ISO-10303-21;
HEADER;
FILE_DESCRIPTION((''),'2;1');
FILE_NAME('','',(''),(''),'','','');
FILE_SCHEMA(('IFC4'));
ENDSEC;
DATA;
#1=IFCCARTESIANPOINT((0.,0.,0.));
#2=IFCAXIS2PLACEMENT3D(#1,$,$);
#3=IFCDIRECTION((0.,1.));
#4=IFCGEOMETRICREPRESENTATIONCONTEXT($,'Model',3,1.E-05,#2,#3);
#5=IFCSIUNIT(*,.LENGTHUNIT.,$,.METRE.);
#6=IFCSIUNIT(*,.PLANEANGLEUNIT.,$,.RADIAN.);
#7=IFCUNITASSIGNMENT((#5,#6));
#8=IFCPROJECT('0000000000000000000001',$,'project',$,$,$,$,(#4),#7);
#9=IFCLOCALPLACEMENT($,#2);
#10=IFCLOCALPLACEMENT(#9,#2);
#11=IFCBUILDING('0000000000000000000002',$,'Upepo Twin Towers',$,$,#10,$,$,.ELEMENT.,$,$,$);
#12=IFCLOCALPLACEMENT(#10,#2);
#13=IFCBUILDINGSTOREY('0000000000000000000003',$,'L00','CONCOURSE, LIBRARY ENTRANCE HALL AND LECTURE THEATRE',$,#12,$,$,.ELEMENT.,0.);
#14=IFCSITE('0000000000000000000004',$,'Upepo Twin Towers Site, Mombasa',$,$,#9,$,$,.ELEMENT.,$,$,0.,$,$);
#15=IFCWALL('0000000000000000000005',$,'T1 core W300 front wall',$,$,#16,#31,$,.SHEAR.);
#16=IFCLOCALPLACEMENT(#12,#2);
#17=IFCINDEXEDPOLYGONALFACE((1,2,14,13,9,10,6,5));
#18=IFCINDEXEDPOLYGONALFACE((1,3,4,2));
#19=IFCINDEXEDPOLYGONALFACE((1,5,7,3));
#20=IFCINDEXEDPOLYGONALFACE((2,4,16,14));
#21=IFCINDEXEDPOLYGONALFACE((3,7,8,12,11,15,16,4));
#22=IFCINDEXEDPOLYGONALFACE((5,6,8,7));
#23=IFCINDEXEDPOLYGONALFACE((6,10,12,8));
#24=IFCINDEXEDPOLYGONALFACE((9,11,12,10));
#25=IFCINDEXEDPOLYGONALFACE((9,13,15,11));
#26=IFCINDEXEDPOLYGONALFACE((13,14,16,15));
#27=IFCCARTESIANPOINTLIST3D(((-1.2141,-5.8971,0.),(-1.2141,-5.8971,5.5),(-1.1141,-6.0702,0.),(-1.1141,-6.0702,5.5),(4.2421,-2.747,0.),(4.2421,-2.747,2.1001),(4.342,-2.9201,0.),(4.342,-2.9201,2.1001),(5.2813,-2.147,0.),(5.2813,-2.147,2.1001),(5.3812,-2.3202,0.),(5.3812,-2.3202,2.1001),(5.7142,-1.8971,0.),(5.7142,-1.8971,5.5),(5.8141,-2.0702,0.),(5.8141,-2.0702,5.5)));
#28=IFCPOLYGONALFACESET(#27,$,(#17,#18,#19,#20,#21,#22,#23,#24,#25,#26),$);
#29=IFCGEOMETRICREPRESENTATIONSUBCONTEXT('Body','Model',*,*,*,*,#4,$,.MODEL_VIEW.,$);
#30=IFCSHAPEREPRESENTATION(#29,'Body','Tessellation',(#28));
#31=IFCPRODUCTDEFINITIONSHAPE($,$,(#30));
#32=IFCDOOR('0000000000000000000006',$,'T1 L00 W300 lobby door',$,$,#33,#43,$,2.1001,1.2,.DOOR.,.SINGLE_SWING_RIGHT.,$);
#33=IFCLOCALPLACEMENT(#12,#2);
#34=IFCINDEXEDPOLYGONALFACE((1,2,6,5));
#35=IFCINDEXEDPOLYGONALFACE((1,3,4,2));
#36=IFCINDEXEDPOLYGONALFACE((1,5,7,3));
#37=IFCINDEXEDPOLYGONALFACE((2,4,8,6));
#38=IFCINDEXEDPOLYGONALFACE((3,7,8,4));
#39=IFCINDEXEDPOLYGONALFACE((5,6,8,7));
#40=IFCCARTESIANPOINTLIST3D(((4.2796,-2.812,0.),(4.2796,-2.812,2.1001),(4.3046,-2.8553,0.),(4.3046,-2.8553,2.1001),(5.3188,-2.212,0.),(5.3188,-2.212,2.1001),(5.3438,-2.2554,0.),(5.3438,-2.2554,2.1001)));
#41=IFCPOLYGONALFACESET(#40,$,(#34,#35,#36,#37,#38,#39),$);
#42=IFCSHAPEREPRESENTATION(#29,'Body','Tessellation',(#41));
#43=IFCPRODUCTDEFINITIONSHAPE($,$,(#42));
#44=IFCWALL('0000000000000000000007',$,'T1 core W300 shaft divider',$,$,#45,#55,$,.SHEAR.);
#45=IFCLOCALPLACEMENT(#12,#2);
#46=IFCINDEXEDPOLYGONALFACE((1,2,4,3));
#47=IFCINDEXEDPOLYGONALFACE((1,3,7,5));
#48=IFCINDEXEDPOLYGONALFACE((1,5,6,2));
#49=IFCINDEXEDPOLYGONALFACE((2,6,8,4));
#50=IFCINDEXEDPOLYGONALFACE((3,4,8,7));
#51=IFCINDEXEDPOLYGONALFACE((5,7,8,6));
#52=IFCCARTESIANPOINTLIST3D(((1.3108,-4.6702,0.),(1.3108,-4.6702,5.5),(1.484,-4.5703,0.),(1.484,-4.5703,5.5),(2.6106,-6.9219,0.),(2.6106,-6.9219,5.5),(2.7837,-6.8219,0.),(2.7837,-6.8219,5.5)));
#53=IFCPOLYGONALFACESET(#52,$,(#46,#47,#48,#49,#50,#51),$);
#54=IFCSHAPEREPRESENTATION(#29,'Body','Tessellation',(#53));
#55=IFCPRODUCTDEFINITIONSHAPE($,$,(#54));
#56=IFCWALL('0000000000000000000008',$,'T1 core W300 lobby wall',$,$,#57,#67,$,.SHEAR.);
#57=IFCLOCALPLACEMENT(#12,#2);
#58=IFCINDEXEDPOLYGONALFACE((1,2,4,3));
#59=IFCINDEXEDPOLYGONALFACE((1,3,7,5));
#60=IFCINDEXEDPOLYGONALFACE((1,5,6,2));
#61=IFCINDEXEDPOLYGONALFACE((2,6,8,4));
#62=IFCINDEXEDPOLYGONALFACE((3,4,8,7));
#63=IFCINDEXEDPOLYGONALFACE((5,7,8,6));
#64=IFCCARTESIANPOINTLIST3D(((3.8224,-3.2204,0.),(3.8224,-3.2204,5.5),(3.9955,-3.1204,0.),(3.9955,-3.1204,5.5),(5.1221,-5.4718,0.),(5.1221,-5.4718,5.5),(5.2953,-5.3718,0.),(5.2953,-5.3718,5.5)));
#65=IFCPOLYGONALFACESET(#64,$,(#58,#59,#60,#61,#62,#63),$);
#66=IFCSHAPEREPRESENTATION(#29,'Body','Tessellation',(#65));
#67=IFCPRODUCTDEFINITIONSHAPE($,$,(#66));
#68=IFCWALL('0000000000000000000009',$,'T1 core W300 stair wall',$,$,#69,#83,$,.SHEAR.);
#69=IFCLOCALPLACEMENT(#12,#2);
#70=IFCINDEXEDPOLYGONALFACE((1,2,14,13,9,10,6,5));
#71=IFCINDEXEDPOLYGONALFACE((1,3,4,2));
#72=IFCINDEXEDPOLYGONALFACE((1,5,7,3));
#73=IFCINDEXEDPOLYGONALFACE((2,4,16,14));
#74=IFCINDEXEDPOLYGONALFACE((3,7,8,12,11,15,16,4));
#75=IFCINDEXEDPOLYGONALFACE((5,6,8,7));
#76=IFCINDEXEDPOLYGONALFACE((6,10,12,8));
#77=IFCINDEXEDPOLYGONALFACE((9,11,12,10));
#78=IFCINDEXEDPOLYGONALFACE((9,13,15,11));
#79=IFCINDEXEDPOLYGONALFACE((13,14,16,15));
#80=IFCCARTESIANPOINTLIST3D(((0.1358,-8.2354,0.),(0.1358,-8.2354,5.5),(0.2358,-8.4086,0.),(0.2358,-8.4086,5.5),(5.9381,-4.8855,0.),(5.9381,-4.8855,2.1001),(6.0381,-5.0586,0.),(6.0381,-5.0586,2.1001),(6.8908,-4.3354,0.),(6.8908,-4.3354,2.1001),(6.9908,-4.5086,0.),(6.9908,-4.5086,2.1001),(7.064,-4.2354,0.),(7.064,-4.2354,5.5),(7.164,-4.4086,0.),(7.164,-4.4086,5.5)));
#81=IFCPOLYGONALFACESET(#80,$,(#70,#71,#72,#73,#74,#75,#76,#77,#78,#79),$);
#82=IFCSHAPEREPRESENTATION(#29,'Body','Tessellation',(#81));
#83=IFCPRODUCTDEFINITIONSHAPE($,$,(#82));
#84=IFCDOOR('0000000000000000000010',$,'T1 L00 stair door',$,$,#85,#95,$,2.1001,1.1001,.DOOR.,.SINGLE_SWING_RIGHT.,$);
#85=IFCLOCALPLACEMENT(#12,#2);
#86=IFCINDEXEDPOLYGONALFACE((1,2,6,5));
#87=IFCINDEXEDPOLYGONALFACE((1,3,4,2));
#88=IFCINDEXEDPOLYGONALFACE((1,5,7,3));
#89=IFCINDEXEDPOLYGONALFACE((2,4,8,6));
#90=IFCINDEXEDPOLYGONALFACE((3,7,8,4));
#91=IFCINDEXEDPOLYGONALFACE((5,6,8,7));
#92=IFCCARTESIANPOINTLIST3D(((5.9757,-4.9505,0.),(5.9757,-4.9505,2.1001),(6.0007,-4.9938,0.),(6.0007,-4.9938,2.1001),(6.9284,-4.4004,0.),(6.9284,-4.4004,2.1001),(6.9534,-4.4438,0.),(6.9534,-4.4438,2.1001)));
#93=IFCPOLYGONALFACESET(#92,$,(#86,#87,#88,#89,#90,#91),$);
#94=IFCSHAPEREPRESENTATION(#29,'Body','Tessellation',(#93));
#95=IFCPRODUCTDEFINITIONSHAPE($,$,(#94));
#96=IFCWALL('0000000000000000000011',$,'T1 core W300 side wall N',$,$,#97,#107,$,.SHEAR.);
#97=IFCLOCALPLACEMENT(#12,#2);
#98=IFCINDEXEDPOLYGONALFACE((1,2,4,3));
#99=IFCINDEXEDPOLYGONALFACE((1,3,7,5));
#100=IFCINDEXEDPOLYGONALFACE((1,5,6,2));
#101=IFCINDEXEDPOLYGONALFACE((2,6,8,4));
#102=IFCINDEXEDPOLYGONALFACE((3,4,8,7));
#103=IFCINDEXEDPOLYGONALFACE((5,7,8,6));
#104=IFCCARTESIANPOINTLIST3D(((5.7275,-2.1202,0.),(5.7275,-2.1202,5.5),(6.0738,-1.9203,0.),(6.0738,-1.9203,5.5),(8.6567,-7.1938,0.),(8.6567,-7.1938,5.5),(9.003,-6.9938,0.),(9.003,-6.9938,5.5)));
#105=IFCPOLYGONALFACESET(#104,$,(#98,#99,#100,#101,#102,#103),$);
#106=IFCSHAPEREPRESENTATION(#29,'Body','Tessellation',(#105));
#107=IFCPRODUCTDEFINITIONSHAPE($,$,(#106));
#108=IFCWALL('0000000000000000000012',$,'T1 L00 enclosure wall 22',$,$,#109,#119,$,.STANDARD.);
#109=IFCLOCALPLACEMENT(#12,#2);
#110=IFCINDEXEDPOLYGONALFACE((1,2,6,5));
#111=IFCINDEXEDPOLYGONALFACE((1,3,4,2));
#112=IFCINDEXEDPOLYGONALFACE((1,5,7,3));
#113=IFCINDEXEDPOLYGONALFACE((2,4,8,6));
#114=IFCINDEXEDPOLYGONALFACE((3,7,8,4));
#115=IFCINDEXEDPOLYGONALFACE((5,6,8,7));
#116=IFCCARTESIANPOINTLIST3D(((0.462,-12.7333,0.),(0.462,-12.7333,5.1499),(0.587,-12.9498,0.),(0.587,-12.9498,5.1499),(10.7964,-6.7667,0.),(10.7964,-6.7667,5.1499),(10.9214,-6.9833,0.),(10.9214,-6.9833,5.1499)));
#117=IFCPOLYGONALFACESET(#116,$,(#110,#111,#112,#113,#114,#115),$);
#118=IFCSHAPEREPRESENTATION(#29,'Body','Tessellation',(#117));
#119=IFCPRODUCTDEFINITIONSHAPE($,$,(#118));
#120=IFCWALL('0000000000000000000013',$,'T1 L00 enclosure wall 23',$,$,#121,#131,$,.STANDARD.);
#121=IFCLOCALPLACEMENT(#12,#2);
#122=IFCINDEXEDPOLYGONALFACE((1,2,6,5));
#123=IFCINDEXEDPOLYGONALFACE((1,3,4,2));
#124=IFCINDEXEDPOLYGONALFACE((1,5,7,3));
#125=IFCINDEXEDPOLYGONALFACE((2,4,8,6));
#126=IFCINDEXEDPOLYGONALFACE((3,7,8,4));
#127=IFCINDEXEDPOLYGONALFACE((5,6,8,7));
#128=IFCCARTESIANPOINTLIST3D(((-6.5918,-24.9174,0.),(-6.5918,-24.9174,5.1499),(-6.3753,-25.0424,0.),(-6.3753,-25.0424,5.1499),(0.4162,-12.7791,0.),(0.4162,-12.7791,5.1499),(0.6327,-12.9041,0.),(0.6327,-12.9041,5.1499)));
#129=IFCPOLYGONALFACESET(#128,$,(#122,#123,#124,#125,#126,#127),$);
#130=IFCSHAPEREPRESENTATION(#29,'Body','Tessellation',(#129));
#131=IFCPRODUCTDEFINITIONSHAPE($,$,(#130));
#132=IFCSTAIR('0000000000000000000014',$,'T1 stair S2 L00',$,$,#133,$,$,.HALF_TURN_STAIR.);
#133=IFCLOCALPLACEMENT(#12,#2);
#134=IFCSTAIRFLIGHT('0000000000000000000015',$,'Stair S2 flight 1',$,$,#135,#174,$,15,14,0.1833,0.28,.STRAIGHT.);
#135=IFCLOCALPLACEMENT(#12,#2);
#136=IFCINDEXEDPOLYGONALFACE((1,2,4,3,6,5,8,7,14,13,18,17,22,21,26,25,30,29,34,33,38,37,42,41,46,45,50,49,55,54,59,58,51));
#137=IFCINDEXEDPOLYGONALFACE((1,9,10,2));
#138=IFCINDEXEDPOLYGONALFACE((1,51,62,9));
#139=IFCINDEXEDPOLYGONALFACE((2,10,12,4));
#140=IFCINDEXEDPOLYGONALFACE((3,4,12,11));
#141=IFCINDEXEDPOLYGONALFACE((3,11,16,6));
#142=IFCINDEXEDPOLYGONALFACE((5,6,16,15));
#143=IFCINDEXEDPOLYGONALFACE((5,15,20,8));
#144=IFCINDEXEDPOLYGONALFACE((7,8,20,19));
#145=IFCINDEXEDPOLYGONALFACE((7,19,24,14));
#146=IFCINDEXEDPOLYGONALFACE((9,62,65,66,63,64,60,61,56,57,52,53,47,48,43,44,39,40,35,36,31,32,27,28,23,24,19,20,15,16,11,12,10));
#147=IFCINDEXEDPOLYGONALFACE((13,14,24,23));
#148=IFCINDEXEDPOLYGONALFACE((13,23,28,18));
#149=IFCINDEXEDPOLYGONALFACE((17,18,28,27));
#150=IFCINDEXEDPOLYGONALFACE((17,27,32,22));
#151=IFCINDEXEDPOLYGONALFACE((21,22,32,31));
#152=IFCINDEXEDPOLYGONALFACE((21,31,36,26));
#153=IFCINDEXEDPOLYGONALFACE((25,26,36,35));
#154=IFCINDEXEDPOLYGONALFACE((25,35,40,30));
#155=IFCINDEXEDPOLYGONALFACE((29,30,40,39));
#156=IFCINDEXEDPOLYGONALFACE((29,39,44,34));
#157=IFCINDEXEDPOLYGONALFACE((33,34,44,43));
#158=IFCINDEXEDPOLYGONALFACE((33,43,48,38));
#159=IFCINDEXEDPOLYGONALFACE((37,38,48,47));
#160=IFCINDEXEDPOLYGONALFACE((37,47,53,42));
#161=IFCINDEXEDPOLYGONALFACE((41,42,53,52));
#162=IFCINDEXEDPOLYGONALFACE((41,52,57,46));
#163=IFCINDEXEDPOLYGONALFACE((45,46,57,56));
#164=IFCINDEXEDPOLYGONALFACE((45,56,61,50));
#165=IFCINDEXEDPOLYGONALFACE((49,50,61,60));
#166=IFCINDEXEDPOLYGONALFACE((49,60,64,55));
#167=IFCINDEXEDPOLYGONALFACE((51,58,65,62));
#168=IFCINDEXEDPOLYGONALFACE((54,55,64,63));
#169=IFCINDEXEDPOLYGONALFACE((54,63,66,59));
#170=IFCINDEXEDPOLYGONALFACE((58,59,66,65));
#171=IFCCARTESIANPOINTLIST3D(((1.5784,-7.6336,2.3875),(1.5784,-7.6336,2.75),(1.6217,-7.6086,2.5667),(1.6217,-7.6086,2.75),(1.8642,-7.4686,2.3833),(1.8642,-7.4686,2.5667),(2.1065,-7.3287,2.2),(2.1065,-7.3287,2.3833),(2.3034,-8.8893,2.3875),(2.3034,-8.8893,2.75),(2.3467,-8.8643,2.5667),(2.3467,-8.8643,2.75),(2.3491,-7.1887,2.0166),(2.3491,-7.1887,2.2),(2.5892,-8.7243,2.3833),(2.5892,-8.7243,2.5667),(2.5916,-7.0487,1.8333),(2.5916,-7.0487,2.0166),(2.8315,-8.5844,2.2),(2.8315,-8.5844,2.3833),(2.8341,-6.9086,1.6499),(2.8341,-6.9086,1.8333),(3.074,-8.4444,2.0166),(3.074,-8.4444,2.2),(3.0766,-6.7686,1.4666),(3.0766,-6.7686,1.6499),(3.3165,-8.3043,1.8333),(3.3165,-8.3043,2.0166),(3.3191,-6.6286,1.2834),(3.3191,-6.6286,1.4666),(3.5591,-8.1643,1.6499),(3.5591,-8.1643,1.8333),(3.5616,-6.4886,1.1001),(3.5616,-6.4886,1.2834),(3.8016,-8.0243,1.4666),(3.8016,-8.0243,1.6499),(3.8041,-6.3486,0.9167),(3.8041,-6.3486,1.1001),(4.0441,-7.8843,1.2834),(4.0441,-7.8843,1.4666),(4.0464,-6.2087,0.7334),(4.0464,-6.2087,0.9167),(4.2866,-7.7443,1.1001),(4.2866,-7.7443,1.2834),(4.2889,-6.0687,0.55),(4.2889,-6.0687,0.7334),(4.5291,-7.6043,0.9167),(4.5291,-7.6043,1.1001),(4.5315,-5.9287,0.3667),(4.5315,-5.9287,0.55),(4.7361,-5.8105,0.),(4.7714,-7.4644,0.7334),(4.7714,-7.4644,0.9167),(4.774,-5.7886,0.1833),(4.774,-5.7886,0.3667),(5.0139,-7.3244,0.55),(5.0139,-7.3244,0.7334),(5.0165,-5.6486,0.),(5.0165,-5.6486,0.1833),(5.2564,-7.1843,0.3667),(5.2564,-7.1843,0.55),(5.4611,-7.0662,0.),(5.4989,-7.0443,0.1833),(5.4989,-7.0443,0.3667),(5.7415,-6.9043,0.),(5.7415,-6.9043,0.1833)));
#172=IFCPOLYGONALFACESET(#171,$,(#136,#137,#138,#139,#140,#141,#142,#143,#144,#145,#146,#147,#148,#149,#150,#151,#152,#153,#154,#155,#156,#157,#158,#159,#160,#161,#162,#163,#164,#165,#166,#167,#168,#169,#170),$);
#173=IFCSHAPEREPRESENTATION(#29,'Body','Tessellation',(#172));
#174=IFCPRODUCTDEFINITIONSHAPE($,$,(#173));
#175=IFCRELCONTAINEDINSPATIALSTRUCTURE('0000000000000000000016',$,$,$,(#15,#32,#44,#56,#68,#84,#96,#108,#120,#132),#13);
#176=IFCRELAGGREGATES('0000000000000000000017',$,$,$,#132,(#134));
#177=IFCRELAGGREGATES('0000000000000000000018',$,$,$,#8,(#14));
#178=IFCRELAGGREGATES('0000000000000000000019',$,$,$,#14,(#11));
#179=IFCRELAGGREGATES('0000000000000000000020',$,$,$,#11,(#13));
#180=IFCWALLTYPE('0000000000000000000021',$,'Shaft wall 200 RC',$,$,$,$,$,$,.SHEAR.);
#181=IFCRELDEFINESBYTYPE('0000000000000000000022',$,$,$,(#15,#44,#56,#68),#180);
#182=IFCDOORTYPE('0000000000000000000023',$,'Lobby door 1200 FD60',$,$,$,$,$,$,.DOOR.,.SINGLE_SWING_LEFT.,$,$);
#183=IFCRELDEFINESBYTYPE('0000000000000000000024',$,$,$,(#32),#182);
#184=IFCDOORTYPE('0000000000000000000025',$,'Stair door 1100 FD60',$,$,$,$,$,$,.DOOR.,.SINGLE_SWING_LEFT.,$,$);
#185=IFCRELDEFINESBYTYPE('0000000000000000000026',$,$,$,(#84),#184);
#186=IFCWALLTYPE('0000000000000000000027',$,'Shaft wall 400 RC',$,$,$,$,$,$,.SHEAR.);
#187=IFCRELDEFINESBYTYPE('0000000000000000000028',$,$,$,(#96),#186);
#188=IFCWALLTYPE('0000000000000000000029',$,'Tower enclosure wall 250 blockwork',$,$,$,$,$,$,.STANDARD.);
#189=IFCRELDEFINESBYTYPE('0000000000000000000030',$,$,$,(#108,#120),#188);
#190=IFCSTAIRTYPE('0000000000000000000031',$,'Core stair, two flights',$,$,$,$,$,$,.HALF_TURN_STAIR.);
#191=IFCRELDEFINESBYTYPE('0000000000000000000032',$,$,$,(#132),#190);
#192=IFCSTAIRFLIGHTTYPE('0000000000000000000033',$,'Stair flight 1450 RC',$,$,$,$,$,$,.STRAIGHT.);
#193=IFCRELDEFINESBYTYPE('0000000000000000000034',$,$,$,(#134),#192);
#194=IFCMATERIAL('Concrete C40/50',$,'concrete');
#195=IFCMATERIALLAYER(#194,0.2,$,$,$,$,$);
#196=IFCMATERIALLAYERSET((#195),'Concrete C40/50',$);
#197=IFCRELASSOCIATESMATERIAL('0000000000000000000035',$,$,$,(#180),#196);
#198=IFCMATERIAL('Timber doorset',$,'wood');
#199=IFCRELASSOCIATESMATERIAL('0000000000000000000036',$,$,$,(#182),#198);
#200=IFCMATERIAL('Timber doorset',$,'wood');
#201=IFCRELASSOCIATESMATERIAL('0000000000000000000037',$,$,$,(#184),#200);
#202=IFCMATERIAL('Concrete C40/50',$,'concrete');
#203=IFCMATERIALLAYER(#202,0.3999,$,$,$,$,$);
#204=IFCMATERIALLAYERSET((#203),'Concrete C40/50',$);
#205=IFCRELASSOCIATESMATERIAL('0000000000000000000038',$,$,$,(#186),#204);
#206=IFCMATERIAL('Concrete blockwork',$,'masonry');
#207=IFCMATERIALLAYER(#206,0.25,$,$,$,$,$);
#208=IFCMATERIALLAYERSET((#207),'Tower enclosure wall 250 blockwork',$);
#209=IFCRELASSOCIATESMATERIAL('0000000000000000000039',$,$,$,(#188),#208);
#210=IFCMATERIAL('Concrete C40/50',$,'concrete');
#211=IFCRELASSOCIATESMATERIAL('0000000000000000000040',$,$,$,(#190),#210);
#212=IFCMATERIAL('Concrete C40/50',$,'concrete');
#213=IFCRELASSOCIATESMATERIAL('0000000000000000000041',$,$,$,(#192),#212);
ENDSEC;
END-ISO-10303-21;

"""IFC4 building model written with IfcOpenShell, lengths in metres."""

from ifc_helpers import new_model, si_unit, direction, frame, frame_2d, origin, place, context, subcontext, project, spatial, polyline, rectangle, outline, extrude, material, layer, layer_set, type_object, element, fill, aggregate, save


model = new_model("IFC4")

# Units and contexts
model_context = context("Model", 3, precision=1e-05, world=origin(), true_north=direction((0.0, 1.0)))
body_context = subcontext(model_context, "Body", "Model", "MODEL_VIEW")
ifc_project = project(units=[si_unit("LENGTHUNIT", "METRE"), si_unit("PLANEANGLEUNIT", "RADIAN")], contexts=[model_context])

# Site, building, storey
site_placement = place(None, origin())
site = spatial("IfcSite", under=ifc_project, at=site_placement, Name="Upepo Twin Towers Site, Mombasa", CompositionType="ELEMENT", RefElevation=0.0)
building_placement = place(site_placement, origin())
building = spatial("IfcBuilding", under=site, at=building_placement, Name="Upepo Twin Towers", CompositionType="ELEMENT")
storey_placement = place(building_placement, origin())
storey = spatial("IfcBuildingStorey", under=building, at=storey_placement, Name="L00", Description="CONCOURSE, LIBRARY ENTRANCE HALL AND LECTURE THEATRE", CompositionType="ELEMENT", Elevation=0.0)

# Wall, opening, door
ifc_material_1 = material(Name="Concrete C40/50", Category="concrete")
ifc_layer_1 = layer(ifc_material_1, 0.2)
ifc_layer_set_1 = layer_set([ifc_layer_1], Name="Concrete C40/50")
wall_type_1 = type_object("IfcWallType", Name="Shaft wall 200 RC", PredefinedType="SHEAR", material=ifc_layer_set_1)
wall_1_placement = place(storey_placement, frame((-1.1641, -5.9836, 0.0), z_axis=(0.0, 0.0, 1.0), x_axis=(0.866026, 0.499999, 0.0)))
wall_1 = element("IfcWall", 1, at=wall_1_placement, inside=storey, type_object=wall_type_1, Name="T1 core W300 front wall", PredefinedType="SHEAR", context=body_context, shape_type="SweptSolid", body=[
    extrude(rectangle(XDim=8.0, YDim=0.2, at=frame_2d((4.0, 0.0))), origin(), (0.0, 0.0, 1.0), 5.5),
])
opening_1_placement = place(wall_1_placement, frame((6.3, 0.0, 0.0)))
opening_1 = element("IfcOpeningElement", 2, at=opening_1_placement, cuts=wall_1, PredefinedType="OPENING", context=body_context, shape_type="SweptSolid", body=[
    extrude(rectangle(XDim=1.2, YDim=2.1001, at=frame_2d((0.6001, 1.05))), frame((0.0, 0.1099, 0.0), z_axis=(0.0, -1.0, 0.0), x_axis=(1.0, 0.0, 0.0)), (0.0, 0.0, 1.0), 0.22),
])
ifc_material_2 = material(Name="Timber doorset", Category="wood")
door_type_1 = type_object("IfcDoorType", Name="Lobby door 1200 FD60", OperationType="SINGLE_SWING_LEFT", PredefinedType="DOOR", material=ifc_material_2)
door_1_placement = place(opening_1_placement, origin())
door_1 = element("IfcDoor", 3, at=door_1_placement, inside=storey, type_object=door_type_1, Name="T1 L00 W300 lobby door", OperationType="SINGLE_SWING_RIGHT", OverallHeight=2.1001, OverallWidth=1.2, PredefinedType="DOOR", context=body_context, shape_type="SweptSolid", body=[
    extrude(rectangle(XDim=1.2, YDim=2.1001, at=frame_2d((0.6001, 1.05))), frame((0.0, 0.0249, 0.0), z_axis=(0.0, -1.0, 0.0), x_axis=(1.0, 0.0, 0.0)), (0.0, 0.0, 1.0), 0.05),
])
fill(opening_1, door_1)

# Walls
wall_2_placement = place(storey_placement, frame((1.3975, -4.6204, 0.0), z_axis=(0.0, 0.0, 1.0), x_axis=(0.499937, -0.866062, 0.0)))
element("IfcWall", 4, at=wall_2_placement, inside=storey, type_object=wall_type_1, Name="T1 core W300 shaft divider", PredefinedType="SHEAR", context=body_context, shape_type="SweptSolid", body=[
    extrude(rectangle(XDim=2.5999, YDim=0.2, at=frame_2d((1.2998, 0.0))), origin(), (0.0, 0.0, 1.0), 5.5),
])
wall_3_placement = place(storey_placement, frame((3.9089, -3.1704, 0.0), z_axis=(0.0, 0.0, 1.0), x_axis=(0.499977, -0.866039, 0.0)))
element("IfcWall", 5, at=wall_3_placement, inside=storey, type_object=wall_type_1, Name="T1 core W300 lobby wall", PredefinedType="SHEAR", context=body_context, shape_type="SweptSolid", body=[
    extrude(rectangle(XDim=2.5996, YDim=0.2, at=frame_2d((1.2998, 0.0))), origin(), (0.0, 0.0, 1.0), 5.5),
])

# Wall, opening, door
wall_4_placement = place(storey_placement, frame((0.1858, -8.322, 0.0), z_axis=(0.0, 0.0, 1.0), x_axis=(0.866026, 0.499999, 0.0)))
wall_4 = element("IfcWall", 6, at=wall_4_placement, inside=storey, type_object=wall_type_1, Name="T1 core W300 stair wall", PredefinedType="SHEAR", context=body_context, shape_type="SweptSolid", body=[
    extrude(rectangle(XDim=8.0, YDim=0.2, at=frame_2d((4.0, 0.0))), origin(), (0.0, 0.0, 1.0), 5.5),
])
opening_2_placement = place(wall_4_placement, frame((6.7, 0.0, 0.0)))
opening_2 = element("IfcOpeningElement", 7, at=opening_2_placement, cuts=wall_4, PredefinedType="OPENING", context=body_context, shape_type="SweptSolid", body=[
    extrude(rectangle(XDim=1.1001, YDim=2.1001, at=frame_2d((0.55, 1.05))), frame((0.0, 0.1099, 0.0), z_axis=(0.0, -1.0, 0.0), x_axis=(1.0, 0.0, 0.0)), (0.0, 0.0, 1.0), 0.22),
])
ifc_material_3 = material(Name="Timber doorset", Category="wood")
door_type_2 = type_object("IfcDoorType", Name="Stair door 1100 FD60", OperationType="SINGLE_SWING_LEFT", PredefinedType="DOOR", material=ifc_material_3)
door_2_placement = place(opening_2_placement, origin())
door_2 = element("IfcDoor", 8, at=door_2_placement, inside=storey, type_object=door_type_2, Name="T1 L00 stair door", OperationType="SINGLE_SWING_RIGHT", OverallHeight=2.1001, OverallWidth=1.1001, PredefinedType="DOOR", context=body_context, shape_type="SweptSolid", body=[
    extrude(rectangle(XDim=1.1001, YDim=2.1001, at=frame_2d((0.55, 1.05))), frame((0.0, 0.0249, 0.0), z_axis=(0.0, -1.0, 0.0), x_axis=(1.0, 0.0, 0.0)), (0.0, 0.0, 1.0), 0.05),
])
fill(opening_2, door_2)

# Walls
ifc_material_4 = material(Name="Concrete C40/50", Category="concrete")
ifc_layer_2 = layer(ifc_material_4, 0.3999)
ifc_layer_set_2 = layer_set([ifc_layer_2], Name="Concrete C40/50")
wall_type_2 = type_object("IfcWallType", Name="Shaft wall 400 RC", PredefinedType="SHEAR", material=ifc_layer_set_2)
wall_5_placement = place(storey_placement, frame((5.9006, -2.0203, 0.0), z_axis=(0.0, 0.0, 1.0), x_axis=(0.500003, -0.866024, 0.0)))
element("IfcWall", 9, at=wall_5_placement, inside=storey, type_object=wall_type_2, Name="T1 core W300 side wall N", PredefinedType="SHEAR", context=body_context, shape_type="SweptSolid", body=[
    extrude(rectangle(XDim=5.8584, YDim=0.3999, at=frame_2d((2.9292, 0.0))), origin(), (0.0, 0.0, 1.0), 5.5),
])
ifc_material_5 = material(Name="Concrete blockwork", Category="masonry")
ifc_layer_3 = layer(ifc_material_5, 0.25)
ifc_layer_set_3 = layer_set([ifc_layer_3], Name="Tower enclosure wall 250 blockwork")
wall_type_3 = type_object("IfcWallType", Name="Tower enclosure wall 250 blockwork", PredefinedType="STANDARD", material=ifc_layer_set_3)
wall_6_placement = place(storey_placement, frame((10.8589, -6.875, 0.0), z_axis=(0.0, 0.0, 1.0), x_axis=(-0.866028, -0.499996, 0.0)))
element("IfcWall", 10, at=wall_6_placement, inside=storey, type_object=wall_type_3, Name="T1 L00 enclosure wall 22", PredefinedType="STANDARD", context=body_context, shape_type="SweptSolid", body=[
    extrude(rectangle(XDim=11.9331, YDim=0.25, at=frame_2d((5.9666, 0.0))), origin(), (0.0, 0.0, 1.0), 5.1499),
])
wall_7_placement = place(storey_placement, frame((0.5244, -12.8416, 0.0), z_axis=(0.0, 0.0, 1.0), x_axis=(-0.499996, -0.866028, 0.0)))
element("IfcWall", 11, at=wall_7_placement, inside=storey, type_object=wall_type_3, Name="T1 L00 enclosure wall 23", PredefinedType="STANDARD", context=body_context, shape_type="SweptSolid", body=[
    extrude(rectangle(XDim=14.0161, YDim=0.25, at=frame_2d((7.0081, 0.0))), origin(), (0.0, 0.0, 1.0), 5.1499),
])

# Stair, stair flight
ifc_material_6 = material(Name="Concrete C40/50", Category="concrete")
stair_type = type_object("IfcStairType", Name="Core stair, two flights", PredefinedType="HALF_TURN_STAIR", material=ifc_material_6)
stair_placement = place(storey_placement, origin())
stair = element("IfcStair", 12, at=stair_placement, inside=storey, type_object=stair_type, Name="T1 stair S2 L00", PredefinedType="HALF_TURN_STAIR")
ifc_material_7 = material(Name="Concrete C40/50", Category="concrete")
stair_flight_type = type_object("IfcStairFlightType", Name="Stair flight 1450 RC", PredefinedType="STRAIGHT", material=ifc_material_7)
stair_flight_1_placement = place(storey_placement, frame((5.3789, -6.2764, 0.0), z_axis=(0.0, 0.0, 1.0), x_axis=(-0.866025, -0.5, 0.0)))
stair_flight_1 = element("IfcStairFlight", 13, at=stair_flight_1_placement, type_object=stair_flight_type, Name="Stair S2 flight 1", NumberOfRisers=15, NumberOfTreads=14, PredefinedType="STRAIGHT", RiserHeight=0.1833, TreadLength=0.28, context=body_context, shape_type="SweptSolid", body=[
    extrude(outline(polyline([(0.0, 0.0), (0.0, 0.1833), (0.28, 0.1833), (0.28, 0.3667), (0.5601, 0.3667), (0.5601, 0.55), (0.8401, 0.55), (0.8401, 0.7334), (1.1201, 0.7334), (1.1201, 0.9167), (1.3999, 0.9167), (1.3999, 1.1001), (1.6799, 1.1001), (1.6799, 1.2834), (1.96, 1.2834), (1.96, 1.4666), (2.24, 1.4666), (2.24, 1.6499), (2.52, 1.6499), (2.52, 1.8333), (2.8, 1.8333), (2.8, 2.0166), (3.0801, 2.0166), (3.0801, 2.2), (3.3601, 2.2), (3.3601, 2.3833), (3.6399, 2.3833), (3.6399, 2.5667), (3.9199, 2.5667), (3.9199, 2.75), (3.97, 2.75), (3.97, 2.3875), (0.3237, 0.0), (0.0, 0.0)])), frame((0.0, 0.7251, 0.0), z_axis=(0.0, -1.0, 0.0), x_axis=(1.0, 0.0, 0.0)), (0.0, 0.0, 1.0), 1.45),
])
aggregate(stair, [stair_flight_1])

save(model, "model.ifc")
